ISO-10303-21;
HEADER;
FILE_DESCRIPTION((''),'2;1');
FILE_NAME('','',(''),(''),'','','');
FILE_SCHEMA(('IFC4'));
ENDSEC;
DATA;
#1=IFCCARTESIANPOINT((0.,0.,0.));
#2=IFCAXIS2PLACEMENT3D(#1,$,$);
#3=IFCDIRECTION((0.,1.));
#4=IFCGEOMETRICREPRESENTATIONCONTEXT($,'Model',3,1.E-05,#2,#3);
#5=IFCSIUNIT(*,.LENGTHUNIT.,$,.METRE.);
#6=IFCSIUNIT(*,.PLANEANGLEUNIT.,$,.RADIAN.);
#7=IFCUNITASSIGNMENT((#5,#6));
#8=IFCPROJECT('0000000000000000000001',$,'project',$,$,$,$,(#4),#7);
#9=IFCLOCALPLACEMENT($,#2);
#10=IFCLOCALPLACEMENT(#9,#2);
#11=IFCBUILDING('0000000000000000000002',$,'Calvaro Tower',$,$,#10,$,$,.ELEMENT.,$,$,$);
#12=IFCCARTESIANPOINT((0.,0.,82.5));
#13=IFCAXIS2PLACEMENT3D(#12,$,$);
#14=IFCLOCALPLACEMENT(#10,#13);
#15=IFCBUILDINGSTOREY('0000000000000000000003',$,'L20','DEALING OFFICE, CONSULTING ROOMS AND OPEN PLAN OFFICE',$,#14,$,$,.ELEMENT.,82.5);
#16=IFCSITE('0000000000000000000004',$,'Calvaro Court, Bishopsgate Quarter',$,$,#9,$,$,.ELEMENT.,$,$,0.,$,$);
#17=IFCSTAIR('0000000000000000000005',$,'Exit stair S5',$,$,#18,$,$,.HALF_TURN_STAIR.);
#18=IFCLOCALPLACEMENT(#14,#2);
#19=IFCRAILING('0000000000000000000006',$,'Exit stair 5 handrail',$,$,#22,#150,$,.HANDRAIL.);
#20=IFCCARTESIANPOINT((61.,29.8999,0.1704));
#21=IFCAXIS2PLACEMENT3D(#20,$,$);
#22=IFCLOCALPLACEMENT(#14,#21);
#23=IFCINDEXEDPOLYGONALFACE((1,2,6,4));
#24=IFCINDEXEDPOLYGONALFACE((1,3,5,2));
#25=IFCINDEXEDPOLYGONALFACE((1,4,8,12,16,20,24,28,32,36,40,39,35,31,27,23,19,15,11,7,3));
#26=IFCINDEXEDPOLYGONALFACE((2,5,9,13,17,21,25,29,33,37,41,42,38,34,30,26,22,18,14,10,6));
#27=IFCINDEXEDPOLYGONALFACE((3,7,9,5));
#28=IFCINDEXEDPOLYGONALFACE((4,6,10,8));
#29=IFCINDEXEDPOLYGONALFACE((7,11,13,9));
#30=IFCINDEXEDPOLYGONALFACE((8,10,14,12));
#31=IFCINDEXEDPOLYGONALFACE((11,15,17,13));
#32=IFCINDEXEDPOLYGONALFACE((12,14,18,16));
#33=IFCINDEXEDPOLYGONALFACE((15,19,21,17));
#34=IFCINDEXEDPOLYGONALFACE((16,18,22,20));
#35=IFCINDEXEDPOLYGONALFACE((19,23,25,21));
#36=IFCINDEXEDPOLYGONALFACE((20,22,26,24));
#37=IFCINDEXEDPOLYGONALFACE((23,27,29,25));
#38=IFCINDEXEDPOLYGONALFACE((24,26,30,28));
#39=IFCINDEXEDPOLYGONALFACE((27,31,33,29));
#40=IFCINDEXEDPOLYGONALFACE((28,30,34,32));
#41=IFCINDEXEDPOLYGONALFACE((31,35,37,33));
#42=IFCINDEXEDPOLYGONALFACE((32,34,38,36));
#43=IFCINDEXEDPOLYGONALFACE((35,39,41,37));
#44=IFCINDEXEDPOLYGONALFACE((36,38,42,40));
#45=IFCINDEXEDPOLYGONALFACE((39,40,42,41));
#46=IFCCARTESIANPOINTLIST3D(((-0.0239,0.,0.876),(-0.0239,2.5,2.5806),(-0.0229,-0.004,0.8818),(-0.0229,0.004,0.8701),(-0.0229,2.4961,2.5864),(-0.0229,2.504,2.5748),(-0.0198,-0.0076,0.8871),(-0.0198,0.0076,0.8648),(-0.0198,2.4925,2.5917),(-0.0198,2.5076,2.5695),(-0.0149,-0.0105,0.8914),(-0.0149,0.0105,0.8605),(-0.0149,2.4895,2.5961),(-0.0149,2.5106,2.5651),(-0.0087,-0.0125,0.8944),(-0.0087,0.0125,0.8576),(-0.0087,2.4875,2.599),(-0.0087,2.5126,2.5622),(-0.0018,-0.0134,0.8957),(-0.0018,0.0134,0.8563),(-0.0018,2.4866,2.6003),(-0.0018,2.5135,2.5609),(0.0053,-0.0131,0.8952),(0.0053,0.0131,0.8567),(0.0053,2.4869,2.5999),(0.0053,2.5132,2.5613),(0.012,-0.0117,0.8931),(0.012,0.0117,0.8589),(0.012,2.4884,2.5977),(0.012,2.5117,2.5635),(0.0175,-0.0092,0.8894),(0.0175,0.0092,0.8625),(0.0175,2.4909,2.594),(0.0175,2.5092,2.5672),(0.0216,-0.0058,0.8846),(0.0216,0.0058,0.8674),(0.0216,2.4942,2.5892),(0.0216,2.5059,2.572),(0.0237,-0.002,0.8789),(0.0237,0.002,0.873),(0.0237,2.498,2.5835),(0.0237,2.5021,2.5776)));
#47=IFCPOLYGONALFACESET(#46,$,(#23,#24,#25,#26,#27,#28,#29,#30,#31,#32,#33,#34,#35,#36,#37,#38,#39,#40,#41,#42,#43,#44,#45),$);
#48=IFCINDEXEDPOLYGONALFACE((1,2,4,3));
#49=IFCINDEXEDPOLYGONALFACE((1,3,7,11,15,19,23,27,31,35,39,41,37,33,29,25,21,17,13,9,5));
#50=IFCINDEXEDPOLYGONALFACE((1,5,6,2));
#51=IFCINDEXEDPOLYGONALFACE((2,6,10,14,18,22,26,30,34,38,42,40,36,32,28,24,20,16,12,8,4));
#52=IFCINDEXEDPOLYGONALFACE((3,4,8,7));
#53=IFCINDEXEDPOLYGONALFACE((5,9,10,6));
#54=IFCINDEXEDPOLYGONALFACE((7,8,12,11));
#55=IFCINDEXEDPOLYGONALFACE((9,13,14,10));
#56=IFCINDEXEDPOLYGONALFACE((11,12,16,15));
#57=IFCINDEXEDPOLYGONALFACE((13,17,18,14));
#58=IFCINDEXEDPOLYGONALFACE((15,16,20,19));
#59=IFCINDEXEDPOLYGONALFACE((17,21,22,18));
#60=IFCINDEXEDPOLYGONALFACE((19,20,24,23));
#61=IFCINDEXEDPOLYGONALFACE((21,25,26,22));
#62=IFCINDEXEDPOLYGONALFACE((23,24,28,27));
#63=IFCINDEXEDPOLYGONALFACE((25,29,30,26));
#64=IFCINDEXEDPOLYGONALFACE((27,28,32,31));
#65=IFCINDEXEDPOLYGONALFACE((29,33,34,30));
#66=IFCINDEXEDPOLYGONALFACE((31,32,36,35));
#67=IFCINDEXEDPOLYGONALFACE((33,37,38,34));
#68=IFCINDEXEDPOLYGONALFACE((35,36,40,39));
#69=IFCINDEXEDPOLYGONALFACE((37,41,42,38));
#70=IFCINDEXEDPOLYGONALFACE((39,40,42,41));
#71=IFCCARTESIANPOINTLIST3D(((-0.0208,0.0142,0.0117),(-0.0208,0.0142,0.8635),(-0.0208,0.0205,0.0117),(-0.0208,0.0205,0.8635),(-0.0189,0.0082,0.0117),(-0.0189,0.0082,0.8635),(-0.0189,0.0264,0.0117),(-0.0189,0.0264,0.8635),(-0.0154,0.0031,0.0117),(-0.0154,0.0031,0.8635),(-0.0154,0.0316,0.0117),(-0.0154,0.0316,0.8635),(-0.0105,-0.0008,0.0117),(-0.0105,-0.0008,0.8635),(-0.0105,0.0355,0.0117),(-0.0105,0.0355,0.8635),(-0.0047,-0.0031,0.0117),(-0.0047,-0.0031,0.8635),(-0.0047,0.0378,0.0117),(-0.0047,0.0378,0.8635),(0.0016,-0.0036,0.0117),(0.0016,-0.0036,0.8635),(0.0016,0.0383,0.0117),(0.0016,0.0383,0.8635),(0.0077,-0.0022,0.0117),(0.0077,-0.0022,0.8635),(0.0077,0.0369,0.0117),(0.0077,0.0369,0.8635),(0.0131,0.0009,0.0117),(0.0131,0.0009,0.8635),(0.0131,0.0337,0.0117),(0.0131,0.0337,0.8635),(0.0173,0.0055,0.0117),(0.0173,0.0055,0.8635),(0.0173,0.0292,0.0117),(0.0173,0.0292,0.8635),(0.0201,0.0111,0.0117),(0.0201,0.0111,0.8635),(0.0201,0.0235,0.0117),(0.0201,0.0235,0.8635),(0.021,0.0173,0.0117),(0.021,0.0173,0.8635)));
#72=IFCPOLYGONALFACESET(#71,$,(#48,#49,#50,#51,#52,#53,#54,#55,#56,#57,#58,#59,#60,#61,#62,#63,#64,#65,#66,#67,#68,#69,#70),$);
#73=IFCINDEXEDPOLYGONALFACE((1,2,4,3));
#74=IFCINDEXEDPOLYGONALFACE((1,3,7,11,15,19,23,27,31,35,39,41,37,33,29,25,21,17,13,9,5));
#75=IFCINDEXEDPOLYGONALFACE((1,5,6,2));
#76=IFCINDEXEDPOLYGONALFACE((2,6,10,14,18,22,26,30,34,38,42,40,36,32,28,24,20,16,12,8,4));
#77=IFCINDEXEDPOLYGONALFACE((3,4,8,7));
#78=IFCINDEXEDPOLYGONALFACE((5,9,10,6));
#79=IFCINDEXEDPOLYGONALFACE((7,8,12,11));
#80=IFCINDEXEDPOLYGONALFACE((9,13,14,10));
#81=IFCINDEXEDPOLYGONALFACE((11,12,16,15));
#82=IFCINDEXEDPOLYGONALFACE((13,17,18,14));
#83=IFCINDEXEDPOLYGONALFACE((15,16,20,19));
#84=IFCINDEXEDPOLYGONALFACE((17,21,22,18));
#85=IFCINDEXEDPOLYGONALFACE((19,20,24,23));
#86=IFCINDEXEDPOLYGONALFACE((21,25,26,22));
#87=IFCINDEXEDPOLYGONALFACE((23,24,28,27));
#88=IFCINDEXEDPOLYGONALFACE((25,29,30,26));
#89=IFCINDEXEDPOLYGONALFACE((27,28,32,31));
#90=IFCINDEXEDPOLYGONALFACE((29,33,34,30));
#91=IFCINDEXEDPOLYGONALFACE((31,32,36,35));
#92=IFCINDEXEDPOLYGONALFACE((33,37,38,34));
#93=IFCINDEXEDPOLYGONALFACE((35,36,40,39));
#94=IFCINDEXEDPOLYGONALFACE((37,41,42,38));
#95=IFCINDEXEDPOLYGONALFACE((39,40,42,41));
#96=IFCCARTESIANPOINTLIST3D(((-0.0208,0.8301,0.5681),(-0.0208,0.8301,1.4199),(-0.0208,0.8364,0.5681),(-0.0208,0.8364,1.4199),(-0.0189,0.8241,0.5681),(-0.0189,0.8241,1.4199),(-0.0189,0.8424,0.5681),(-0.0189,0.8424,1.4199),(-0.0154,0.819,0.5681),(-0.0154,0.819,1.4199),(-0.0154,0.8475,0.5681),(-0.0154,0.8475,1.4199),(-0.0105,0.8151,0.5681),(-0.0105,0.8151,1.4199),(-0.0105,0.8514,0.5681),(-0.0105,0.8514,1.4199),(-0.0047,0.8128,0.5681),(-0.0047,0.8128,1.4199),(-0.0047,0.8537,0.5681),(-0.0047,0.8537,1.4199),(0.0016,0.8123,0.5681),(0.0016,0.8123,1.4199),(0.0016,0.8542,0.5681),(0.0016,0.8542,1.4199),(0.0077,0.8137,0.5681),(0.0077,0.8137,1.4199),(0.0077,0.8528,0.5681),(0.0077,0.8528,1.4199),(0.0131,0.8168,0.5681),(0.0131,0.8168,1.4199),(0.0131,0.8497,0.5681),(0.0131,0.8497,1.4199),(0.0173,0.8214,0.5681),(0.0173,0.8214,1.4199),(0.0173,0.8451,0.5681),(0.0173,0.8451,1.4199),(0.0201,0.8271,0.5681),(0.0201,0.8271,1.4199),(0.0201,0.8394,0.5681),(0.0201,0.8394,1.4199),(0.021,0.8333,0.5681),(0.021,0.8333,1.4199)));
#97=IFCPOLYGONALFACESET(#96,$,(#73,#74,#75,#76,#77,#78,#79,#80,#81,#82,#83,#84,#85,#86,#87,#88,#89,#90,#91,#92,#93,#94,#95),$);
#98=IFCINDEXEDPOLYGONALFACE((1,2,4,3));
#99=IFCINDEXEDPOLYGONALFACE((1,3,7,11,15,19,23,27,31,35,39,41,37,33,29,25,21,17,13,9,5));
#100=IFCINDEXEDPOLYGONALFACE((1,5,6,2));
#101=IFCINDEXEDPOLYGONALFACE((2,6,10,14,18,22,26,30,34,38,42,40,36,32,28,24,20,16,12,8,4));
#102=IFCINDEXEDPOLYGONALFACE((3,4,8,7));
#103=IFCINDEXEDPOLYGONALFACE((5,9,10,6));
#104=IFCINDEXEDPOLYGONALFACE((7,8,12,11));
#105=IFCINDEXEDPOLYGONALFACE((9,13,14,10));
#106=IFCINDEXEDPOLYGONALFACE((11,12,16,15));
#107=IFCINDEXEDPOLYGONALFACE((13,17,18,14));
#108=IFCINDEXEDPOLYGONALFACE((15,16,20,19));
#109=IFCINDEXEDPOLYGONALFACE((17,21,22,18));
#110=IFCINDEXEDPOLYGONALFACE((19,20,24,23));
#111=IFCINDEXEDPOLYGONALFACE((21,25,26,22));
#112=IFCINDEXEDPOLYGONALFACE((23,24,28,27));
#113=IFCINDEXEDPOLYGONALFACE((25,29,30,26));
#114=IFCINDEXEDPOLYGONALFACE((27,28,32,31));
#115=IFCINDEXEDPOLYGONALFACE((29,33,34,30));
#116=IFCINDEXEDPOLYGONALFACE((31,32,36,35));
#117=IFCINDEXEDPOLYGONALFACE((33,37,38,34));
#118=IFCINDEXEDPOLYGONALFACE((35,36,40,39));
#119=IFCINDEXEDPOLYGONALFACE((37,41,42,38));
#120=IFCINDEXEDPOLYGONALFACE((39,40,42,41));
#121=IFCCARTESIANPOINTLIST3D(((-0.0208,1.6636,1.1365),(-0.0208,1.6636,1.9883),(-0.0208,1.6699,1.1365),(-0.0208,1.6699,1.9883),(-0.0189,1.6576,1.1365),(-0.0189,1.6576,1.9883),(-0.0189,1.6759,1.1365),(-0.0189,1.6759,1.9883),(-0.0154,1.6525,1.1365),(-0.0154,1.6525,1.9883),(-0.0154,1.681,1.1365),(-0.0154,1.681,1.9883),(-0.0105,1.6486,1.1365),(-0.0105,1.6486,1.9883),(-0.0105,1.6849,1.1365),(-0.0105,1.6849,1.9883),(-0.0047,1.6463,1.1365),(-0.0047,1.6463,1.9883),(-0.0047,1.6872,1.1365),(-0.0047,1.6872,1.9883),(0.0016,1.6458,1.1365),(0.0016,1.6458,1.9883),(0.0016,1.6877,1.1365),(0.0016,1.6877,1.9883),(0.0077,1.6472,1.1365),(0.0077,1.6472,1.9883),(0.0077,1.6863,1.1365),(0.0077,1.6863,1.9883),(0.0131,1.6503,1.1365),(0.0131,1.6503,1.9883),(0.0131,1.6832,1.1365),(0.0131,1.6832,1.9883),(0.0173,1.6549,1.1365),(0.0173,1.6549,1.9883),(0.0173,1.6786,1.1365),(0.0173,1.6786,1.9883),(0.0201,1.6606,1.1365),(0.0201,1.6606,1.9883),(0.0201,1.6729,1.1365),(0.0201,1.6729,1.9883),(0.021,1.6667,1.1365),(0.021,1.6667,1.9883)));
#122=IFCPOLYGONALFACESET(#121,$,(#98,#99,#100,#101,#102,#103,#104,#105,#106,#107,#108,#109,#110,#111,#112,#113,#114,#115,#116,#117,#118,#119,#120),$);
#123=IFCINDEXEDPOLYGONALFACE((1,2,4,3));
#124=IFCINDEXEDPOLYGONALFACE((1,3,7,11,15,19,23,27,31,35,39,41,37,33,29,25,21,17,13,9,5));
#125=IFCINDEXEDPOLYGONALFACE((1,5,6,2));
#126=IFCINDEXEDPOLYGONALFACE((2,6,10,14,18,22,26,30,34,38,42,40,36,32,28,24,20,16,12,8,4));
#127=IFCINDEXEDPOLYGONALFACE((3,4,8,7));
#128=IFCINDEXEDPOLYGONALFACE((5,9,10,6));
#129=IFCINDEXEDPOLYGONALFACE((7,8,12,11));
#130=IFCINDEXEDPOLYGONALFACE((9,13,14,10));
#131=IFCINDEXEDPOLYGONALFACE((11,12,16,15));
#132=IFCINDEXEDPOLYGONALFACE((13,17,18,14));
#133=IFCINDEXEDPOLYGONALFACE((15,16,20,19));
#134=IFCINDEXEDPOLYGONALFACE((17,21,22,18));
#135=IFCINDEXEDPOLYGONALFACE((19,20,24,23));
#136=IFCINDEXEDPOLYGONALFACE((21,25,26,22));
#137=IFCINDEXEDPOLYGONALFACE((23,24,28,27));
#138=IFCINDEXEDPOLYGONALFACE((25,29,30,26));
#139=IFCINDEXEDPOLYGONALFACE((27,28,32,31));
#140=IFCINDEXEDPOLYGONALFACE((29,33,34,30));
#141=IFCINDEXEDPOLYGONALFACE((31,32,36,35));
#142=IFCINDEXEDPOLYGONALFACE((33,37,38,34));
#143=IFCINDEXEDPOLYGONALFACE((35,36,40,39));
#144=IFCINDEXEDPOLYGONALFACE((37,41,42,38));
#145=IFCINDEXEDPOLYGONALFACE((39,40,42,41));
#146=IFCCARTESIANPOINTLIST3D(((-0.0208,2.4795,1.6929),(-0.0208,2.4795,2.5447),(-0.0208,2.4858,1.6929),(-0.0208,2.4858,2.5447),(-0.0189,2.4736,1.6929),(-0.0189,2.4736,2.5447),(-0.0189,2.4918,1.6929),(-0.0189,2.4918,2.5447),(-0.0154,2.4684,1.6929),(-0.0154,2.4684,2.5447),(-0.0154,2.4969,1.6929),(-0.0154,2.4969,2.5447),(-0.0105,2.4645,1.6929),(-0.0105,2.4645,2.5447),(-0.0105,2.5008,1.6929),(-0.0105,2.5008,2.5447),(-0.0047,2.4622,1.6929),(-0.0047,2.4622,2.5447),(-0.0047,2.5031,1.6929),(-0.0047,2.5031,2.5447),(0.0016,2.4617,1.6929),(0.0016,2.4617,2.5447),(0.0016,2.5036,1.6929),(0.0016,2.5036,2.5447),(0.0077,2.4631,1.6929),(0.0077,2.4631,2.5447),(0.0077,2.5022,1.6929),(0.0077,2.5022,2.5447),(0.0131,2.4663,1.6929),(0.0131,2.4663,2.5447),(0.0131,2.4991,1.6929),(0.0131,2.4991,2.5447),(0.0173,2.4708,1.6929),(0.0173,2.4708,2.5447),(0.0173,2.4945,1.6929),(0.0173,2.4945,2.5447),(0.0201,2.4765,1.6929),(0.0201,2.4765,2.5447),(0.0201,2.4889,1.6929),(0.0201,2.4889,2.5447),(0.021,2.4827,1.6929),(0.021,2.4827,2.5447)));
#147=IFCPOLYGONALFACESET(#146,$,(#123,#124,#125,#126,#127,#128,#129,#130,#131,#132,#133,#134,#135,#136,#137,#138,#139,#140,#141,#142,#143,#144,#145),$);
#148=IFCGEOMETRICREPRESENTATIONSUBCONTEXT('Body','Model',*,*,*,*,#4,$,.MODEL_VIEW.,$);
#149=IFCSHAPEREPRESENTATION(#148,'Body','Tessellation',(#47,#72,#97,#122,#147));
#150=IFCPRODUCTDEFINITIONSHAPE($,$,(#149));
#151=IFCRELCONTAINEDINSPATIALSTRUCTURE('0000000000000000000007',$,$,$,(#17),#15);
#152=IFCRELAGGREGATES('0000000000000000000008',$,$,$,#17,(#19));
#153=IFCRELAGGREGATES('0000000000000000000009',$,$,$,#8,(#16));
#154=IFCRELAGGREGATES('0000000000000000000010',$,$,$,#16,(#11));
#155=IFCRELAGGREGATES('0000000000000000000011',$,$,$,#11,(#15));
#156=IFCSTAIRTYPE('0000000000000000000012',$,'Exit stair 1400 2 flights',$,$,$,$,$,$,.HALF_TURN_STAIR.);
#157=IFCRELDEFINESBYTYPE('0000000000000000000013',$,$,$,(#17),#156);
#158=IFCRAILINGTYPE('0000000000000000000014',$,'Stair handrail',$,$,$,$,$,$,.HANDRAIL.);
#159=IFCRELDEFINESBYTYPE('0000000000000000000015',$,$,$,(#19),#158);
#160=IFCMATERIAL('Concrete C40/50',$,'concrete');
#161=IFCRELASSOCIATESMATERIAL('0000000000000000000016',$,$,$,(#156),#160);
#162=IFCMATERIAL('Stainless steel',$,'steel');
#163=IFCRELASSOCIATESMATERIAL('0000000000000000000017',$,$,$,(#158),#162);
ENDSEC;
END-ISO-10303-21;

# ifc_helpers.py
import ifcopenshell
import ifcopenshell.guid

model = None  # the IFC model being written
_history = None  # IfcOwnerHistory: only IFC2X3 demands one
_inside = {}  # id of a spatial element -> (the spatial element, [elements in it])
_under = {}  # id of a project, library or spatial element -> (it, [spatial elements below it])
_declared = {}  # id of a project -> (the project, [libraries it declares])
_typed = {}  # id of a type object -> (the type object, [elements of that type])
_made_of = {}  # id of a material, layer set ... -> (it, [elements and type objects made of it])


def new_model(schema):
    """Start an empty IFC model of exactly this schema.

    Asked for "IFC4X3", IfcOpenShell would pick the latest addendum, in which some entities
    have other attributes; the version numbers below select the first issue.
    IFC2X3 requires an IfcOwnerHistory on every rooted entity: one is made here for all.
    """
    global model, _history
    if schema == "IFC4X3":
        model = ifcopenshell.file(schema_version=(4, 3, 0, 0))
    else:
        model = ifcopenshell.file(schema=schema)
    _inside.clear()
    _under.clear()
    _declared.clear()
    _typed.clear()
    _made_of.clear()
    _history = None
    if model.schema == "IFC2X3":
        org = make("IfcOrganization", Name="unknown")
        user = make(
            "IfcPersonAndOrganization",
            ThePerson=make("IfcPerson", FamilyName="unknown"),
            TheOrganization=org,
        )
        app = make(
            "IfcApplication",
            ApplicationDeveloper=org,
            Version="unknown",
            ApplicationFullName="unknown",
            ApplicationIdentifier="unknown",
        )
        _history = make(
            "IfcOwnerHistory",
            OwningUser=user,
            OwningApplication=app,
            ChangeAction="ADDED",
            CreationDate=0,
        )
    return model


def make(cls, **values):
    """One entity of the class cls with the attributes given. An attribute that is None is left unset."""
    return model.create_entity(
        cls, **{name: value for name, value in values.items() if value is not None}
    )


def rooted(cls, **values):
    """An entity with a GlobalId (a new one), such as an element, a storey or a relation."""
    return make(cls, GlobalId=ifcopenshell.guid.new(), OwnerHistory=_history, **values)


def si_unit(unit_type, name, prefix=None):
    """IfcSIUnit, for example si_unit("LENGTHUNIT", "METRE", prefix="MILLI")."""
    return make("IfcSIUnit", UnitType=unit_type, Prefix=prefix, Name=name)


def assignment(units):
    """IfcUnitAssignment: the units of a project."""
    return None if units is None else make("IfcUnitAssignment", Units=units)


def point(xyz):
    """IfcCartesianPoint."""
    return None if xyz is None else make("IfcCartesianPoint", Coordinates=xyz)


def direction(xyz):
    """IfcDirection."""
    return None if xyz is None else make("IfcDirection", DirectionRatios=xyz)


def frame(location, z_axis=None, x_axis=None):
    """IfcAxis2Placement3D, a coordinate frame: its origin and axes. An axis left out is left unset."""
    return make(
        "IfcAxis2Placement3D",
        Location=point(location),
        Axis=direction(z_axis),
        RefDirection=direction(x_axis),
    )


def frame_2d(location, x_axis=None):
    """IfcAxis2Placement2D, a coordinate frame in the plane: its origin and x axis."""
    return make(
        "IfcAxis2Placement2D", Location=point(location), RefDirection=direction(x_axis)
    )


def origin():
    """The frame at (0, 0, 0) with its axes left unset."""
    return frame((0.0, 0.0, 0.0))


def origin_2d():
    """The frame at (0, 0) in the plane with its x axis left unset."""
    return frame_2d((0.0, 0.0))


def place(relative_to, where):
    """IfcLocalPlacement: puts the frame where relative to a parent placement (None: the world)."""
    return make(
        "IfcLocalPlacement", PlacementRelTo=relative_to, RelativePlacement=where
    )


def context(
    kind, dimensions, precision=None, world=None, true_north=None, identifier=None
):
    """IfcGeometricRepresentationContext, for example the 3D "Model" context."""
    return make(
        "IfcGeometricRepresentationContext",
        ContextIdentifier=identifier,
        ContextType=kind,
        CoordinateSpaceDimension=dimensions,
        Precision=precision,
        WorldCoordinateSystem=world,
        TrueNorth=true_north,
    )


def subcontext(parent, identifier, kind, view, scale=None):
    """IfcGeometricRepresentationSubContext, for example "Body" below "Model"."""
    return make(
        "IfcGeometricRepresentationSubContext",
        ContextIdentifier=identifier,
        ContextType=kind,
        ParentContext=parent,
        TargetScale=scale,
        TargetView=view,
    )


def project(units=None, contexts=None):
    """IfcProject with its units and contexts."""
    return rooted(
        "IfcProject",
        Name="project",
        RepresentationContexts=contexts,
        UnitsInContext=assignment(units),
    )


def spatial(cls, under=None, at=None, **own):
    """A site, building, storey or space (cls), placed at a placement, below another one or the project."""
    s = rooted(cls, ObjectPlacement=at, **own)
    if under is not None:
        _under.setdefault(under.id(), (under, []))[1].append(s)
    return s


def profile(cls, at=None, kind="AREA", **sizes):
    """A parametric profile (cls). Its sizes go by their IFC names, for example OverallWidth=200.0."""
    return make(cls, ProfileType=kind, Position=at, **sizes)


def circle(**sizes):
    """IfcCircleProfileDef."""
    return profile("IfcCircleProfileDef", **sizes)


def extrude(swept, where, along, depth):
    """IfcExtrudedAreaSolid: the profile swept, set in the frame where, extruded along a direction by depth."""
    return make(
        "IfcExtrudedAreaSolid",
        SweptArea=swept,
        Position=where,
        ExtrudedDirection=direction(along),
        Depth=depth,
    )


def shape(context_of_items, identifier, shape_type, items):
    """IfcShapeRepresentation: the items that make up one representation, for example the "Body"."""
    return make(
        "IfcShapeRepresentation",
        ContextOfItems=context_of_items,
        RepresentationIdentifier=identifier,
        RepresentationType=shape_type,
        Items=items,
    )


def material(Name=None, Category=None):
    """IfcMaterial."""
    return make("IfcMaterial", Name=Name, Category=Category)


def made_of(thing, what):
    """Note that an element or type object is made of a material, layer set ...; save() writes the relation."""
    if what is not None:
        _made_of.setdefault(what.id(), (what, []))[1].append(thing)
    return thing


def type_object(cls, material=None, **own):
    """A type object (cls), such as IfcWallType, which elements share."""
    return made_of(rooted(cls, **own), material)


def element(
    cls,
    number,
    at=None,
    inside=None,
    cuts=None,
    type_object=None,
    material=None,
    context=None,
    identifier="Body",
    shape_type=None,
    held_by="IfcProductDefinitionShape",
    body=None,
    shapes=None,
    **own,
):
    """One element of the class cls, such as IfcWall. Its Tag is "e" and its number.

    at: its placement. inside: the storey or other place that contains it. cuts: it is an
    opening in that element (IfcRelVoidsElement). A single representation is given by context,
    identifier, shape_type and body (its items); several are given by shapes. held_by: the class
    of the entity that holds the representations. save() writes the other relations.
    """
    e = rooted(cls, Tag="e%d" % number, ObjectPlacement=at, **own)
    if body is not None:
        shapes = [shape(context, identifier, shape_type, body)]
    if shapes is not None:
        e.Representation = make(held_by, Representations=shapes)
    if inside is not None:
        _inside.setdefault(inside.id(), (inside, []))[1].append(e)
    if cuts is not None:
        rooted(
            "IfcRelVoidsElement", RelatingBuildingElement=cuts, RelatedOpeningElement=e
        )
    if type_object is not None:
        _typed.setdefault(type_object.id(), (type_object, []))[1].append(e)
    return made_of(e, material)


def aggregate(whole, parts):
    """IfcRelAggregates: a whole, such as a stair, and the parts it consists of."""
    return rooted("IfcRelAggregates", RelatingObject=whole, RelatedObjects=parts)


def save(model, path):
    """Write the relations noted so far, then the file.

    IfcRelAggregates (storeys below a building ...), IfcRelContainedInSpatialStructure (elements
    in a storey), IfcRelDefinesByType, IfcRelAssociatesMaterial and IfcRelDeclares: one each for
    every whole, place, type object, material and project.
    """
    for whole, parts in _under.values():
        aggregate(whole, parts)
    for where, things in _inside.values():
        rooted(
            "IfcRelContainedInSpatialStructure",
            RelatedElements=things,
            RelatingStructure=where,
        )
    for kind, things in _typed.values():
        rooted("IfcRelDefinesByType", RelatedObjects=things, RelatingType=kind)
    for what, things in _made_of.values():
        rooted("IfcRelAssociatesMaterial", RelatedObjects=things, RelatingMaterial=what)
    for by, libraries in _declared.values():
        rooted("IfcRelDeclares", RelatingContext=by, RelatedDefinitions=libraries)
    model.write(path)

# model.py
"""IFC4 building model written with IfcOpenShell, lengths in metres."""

from ifc_helpers import new_model, si_unit, direction, frame, origin, origin_2d, place, context, subcontext, project, spatial, circle, extrude, material, type_object, element, aggregate, save


model = new_model("IFC4")

# Units and contexts
model_context = context("Model", 3, precision=1e-05, world=origin(), true_north=direction((0.0, 1.0)))
body_context = subcontext(model_context, "Body", "Model", "MODEL_VIEW")
ifc_project = project(units=[si_unit("LENGTHUNIT", "METRE"), si_unit("PLANEANGLEUNIT", "RADIAN")], contexts=[model_context])

# Site, building, storey
site_placement = place(None, origin())
site = spatial("IfcSite", under=ifc_project, at=site_placement, Name="Calvaro Court, Bishopsgate Quarter", CompositionType="ELEMENT", RefElevation=0.0)
building_placement = place(site_placement, origin())
building = spatial("IfcBuilding", under=site, at=building_placement, Name="Calvaro Tower", CompositionType="ELEMENT")
storey_placement = place(building_placement, frame((0.0, 0.0, 82.5)))
storey = spatial("IfcBuildingStorey", under=building, at=storey_placement, Name="L20", Description="DEALING OFFICE, CONSULTING ROOMS AND OPEN PLAN OFFICE", CompositionType="ELEMENT", Elevation=82.5)

# Stair, railing
ifc_material_1 = material(Name="Concrete C40/50", Category="concrete")
stair_type = type_object("IfcStairType", Name="Exit stair 1400 2 flights", PredefinedType="HALF_TURN_STAIR", material=ifc_material_1)
stair_placement = place(storey_placement, origin())
stair = element("IfcStair", 1, at=stair_placement, inside=storey, type_object=stair_type, Name="Exit stair S5", PredefinedType="HALF_TURN_STAIR")
ifc_material_2 = material(Name="Stainless steel", Category="steel")
railing_type = type_object("IfcRailingType", Name="Stair handrail", PredefinedType="HANDRAIL", material=ifc_material_2)
railing_placement = place(storey_placement, frame((61.0, 29.8999, 0.1704)))
railing = element("IfcRailing", 2, at=railing_placement, type_object=railing_type, Name="Exit stair 5 handrail", PredefinedType="HANDRAIL", context=body_context, shape_type="SweptSolid", body=[
    extrude(circle(Radius=0.0239, at=origin_2d()), frame((0.0, 0.0, 0.876), z_axis=(0.0, 0.826221, 0.563347), x_axis=(-1.0, 0.0, 0.0)), (0.0, 0.0, 1.0), 3.0259),
    extrude(circle(Radius=0.021, at=origin_2d()), frame((0.0, 0.0173, 0.0117)), (0.0, 0.0, 1.0), 0.8518),
    extrude(circle(Radius=0.021, at=origin_2d()), frame((0.0, 0.8333, 0.5681)), (0.0, 0.0, 1.0), 0.8518),
    extrude(circle(Radius=0.021, at=origin_2d()), frame((0.0, 1.6667, 1.1365)), (0.0, 0.0, 1.0), 0.8518),
    extrude(circle(Radius=0.021, at=origin_2d()), frame((0.0, 2.4827, 1.6929)), (0.0, 0.0, 1.0), 0.8518),
])
aggregate(stair, [railing])

save(model, "model.ifc")
